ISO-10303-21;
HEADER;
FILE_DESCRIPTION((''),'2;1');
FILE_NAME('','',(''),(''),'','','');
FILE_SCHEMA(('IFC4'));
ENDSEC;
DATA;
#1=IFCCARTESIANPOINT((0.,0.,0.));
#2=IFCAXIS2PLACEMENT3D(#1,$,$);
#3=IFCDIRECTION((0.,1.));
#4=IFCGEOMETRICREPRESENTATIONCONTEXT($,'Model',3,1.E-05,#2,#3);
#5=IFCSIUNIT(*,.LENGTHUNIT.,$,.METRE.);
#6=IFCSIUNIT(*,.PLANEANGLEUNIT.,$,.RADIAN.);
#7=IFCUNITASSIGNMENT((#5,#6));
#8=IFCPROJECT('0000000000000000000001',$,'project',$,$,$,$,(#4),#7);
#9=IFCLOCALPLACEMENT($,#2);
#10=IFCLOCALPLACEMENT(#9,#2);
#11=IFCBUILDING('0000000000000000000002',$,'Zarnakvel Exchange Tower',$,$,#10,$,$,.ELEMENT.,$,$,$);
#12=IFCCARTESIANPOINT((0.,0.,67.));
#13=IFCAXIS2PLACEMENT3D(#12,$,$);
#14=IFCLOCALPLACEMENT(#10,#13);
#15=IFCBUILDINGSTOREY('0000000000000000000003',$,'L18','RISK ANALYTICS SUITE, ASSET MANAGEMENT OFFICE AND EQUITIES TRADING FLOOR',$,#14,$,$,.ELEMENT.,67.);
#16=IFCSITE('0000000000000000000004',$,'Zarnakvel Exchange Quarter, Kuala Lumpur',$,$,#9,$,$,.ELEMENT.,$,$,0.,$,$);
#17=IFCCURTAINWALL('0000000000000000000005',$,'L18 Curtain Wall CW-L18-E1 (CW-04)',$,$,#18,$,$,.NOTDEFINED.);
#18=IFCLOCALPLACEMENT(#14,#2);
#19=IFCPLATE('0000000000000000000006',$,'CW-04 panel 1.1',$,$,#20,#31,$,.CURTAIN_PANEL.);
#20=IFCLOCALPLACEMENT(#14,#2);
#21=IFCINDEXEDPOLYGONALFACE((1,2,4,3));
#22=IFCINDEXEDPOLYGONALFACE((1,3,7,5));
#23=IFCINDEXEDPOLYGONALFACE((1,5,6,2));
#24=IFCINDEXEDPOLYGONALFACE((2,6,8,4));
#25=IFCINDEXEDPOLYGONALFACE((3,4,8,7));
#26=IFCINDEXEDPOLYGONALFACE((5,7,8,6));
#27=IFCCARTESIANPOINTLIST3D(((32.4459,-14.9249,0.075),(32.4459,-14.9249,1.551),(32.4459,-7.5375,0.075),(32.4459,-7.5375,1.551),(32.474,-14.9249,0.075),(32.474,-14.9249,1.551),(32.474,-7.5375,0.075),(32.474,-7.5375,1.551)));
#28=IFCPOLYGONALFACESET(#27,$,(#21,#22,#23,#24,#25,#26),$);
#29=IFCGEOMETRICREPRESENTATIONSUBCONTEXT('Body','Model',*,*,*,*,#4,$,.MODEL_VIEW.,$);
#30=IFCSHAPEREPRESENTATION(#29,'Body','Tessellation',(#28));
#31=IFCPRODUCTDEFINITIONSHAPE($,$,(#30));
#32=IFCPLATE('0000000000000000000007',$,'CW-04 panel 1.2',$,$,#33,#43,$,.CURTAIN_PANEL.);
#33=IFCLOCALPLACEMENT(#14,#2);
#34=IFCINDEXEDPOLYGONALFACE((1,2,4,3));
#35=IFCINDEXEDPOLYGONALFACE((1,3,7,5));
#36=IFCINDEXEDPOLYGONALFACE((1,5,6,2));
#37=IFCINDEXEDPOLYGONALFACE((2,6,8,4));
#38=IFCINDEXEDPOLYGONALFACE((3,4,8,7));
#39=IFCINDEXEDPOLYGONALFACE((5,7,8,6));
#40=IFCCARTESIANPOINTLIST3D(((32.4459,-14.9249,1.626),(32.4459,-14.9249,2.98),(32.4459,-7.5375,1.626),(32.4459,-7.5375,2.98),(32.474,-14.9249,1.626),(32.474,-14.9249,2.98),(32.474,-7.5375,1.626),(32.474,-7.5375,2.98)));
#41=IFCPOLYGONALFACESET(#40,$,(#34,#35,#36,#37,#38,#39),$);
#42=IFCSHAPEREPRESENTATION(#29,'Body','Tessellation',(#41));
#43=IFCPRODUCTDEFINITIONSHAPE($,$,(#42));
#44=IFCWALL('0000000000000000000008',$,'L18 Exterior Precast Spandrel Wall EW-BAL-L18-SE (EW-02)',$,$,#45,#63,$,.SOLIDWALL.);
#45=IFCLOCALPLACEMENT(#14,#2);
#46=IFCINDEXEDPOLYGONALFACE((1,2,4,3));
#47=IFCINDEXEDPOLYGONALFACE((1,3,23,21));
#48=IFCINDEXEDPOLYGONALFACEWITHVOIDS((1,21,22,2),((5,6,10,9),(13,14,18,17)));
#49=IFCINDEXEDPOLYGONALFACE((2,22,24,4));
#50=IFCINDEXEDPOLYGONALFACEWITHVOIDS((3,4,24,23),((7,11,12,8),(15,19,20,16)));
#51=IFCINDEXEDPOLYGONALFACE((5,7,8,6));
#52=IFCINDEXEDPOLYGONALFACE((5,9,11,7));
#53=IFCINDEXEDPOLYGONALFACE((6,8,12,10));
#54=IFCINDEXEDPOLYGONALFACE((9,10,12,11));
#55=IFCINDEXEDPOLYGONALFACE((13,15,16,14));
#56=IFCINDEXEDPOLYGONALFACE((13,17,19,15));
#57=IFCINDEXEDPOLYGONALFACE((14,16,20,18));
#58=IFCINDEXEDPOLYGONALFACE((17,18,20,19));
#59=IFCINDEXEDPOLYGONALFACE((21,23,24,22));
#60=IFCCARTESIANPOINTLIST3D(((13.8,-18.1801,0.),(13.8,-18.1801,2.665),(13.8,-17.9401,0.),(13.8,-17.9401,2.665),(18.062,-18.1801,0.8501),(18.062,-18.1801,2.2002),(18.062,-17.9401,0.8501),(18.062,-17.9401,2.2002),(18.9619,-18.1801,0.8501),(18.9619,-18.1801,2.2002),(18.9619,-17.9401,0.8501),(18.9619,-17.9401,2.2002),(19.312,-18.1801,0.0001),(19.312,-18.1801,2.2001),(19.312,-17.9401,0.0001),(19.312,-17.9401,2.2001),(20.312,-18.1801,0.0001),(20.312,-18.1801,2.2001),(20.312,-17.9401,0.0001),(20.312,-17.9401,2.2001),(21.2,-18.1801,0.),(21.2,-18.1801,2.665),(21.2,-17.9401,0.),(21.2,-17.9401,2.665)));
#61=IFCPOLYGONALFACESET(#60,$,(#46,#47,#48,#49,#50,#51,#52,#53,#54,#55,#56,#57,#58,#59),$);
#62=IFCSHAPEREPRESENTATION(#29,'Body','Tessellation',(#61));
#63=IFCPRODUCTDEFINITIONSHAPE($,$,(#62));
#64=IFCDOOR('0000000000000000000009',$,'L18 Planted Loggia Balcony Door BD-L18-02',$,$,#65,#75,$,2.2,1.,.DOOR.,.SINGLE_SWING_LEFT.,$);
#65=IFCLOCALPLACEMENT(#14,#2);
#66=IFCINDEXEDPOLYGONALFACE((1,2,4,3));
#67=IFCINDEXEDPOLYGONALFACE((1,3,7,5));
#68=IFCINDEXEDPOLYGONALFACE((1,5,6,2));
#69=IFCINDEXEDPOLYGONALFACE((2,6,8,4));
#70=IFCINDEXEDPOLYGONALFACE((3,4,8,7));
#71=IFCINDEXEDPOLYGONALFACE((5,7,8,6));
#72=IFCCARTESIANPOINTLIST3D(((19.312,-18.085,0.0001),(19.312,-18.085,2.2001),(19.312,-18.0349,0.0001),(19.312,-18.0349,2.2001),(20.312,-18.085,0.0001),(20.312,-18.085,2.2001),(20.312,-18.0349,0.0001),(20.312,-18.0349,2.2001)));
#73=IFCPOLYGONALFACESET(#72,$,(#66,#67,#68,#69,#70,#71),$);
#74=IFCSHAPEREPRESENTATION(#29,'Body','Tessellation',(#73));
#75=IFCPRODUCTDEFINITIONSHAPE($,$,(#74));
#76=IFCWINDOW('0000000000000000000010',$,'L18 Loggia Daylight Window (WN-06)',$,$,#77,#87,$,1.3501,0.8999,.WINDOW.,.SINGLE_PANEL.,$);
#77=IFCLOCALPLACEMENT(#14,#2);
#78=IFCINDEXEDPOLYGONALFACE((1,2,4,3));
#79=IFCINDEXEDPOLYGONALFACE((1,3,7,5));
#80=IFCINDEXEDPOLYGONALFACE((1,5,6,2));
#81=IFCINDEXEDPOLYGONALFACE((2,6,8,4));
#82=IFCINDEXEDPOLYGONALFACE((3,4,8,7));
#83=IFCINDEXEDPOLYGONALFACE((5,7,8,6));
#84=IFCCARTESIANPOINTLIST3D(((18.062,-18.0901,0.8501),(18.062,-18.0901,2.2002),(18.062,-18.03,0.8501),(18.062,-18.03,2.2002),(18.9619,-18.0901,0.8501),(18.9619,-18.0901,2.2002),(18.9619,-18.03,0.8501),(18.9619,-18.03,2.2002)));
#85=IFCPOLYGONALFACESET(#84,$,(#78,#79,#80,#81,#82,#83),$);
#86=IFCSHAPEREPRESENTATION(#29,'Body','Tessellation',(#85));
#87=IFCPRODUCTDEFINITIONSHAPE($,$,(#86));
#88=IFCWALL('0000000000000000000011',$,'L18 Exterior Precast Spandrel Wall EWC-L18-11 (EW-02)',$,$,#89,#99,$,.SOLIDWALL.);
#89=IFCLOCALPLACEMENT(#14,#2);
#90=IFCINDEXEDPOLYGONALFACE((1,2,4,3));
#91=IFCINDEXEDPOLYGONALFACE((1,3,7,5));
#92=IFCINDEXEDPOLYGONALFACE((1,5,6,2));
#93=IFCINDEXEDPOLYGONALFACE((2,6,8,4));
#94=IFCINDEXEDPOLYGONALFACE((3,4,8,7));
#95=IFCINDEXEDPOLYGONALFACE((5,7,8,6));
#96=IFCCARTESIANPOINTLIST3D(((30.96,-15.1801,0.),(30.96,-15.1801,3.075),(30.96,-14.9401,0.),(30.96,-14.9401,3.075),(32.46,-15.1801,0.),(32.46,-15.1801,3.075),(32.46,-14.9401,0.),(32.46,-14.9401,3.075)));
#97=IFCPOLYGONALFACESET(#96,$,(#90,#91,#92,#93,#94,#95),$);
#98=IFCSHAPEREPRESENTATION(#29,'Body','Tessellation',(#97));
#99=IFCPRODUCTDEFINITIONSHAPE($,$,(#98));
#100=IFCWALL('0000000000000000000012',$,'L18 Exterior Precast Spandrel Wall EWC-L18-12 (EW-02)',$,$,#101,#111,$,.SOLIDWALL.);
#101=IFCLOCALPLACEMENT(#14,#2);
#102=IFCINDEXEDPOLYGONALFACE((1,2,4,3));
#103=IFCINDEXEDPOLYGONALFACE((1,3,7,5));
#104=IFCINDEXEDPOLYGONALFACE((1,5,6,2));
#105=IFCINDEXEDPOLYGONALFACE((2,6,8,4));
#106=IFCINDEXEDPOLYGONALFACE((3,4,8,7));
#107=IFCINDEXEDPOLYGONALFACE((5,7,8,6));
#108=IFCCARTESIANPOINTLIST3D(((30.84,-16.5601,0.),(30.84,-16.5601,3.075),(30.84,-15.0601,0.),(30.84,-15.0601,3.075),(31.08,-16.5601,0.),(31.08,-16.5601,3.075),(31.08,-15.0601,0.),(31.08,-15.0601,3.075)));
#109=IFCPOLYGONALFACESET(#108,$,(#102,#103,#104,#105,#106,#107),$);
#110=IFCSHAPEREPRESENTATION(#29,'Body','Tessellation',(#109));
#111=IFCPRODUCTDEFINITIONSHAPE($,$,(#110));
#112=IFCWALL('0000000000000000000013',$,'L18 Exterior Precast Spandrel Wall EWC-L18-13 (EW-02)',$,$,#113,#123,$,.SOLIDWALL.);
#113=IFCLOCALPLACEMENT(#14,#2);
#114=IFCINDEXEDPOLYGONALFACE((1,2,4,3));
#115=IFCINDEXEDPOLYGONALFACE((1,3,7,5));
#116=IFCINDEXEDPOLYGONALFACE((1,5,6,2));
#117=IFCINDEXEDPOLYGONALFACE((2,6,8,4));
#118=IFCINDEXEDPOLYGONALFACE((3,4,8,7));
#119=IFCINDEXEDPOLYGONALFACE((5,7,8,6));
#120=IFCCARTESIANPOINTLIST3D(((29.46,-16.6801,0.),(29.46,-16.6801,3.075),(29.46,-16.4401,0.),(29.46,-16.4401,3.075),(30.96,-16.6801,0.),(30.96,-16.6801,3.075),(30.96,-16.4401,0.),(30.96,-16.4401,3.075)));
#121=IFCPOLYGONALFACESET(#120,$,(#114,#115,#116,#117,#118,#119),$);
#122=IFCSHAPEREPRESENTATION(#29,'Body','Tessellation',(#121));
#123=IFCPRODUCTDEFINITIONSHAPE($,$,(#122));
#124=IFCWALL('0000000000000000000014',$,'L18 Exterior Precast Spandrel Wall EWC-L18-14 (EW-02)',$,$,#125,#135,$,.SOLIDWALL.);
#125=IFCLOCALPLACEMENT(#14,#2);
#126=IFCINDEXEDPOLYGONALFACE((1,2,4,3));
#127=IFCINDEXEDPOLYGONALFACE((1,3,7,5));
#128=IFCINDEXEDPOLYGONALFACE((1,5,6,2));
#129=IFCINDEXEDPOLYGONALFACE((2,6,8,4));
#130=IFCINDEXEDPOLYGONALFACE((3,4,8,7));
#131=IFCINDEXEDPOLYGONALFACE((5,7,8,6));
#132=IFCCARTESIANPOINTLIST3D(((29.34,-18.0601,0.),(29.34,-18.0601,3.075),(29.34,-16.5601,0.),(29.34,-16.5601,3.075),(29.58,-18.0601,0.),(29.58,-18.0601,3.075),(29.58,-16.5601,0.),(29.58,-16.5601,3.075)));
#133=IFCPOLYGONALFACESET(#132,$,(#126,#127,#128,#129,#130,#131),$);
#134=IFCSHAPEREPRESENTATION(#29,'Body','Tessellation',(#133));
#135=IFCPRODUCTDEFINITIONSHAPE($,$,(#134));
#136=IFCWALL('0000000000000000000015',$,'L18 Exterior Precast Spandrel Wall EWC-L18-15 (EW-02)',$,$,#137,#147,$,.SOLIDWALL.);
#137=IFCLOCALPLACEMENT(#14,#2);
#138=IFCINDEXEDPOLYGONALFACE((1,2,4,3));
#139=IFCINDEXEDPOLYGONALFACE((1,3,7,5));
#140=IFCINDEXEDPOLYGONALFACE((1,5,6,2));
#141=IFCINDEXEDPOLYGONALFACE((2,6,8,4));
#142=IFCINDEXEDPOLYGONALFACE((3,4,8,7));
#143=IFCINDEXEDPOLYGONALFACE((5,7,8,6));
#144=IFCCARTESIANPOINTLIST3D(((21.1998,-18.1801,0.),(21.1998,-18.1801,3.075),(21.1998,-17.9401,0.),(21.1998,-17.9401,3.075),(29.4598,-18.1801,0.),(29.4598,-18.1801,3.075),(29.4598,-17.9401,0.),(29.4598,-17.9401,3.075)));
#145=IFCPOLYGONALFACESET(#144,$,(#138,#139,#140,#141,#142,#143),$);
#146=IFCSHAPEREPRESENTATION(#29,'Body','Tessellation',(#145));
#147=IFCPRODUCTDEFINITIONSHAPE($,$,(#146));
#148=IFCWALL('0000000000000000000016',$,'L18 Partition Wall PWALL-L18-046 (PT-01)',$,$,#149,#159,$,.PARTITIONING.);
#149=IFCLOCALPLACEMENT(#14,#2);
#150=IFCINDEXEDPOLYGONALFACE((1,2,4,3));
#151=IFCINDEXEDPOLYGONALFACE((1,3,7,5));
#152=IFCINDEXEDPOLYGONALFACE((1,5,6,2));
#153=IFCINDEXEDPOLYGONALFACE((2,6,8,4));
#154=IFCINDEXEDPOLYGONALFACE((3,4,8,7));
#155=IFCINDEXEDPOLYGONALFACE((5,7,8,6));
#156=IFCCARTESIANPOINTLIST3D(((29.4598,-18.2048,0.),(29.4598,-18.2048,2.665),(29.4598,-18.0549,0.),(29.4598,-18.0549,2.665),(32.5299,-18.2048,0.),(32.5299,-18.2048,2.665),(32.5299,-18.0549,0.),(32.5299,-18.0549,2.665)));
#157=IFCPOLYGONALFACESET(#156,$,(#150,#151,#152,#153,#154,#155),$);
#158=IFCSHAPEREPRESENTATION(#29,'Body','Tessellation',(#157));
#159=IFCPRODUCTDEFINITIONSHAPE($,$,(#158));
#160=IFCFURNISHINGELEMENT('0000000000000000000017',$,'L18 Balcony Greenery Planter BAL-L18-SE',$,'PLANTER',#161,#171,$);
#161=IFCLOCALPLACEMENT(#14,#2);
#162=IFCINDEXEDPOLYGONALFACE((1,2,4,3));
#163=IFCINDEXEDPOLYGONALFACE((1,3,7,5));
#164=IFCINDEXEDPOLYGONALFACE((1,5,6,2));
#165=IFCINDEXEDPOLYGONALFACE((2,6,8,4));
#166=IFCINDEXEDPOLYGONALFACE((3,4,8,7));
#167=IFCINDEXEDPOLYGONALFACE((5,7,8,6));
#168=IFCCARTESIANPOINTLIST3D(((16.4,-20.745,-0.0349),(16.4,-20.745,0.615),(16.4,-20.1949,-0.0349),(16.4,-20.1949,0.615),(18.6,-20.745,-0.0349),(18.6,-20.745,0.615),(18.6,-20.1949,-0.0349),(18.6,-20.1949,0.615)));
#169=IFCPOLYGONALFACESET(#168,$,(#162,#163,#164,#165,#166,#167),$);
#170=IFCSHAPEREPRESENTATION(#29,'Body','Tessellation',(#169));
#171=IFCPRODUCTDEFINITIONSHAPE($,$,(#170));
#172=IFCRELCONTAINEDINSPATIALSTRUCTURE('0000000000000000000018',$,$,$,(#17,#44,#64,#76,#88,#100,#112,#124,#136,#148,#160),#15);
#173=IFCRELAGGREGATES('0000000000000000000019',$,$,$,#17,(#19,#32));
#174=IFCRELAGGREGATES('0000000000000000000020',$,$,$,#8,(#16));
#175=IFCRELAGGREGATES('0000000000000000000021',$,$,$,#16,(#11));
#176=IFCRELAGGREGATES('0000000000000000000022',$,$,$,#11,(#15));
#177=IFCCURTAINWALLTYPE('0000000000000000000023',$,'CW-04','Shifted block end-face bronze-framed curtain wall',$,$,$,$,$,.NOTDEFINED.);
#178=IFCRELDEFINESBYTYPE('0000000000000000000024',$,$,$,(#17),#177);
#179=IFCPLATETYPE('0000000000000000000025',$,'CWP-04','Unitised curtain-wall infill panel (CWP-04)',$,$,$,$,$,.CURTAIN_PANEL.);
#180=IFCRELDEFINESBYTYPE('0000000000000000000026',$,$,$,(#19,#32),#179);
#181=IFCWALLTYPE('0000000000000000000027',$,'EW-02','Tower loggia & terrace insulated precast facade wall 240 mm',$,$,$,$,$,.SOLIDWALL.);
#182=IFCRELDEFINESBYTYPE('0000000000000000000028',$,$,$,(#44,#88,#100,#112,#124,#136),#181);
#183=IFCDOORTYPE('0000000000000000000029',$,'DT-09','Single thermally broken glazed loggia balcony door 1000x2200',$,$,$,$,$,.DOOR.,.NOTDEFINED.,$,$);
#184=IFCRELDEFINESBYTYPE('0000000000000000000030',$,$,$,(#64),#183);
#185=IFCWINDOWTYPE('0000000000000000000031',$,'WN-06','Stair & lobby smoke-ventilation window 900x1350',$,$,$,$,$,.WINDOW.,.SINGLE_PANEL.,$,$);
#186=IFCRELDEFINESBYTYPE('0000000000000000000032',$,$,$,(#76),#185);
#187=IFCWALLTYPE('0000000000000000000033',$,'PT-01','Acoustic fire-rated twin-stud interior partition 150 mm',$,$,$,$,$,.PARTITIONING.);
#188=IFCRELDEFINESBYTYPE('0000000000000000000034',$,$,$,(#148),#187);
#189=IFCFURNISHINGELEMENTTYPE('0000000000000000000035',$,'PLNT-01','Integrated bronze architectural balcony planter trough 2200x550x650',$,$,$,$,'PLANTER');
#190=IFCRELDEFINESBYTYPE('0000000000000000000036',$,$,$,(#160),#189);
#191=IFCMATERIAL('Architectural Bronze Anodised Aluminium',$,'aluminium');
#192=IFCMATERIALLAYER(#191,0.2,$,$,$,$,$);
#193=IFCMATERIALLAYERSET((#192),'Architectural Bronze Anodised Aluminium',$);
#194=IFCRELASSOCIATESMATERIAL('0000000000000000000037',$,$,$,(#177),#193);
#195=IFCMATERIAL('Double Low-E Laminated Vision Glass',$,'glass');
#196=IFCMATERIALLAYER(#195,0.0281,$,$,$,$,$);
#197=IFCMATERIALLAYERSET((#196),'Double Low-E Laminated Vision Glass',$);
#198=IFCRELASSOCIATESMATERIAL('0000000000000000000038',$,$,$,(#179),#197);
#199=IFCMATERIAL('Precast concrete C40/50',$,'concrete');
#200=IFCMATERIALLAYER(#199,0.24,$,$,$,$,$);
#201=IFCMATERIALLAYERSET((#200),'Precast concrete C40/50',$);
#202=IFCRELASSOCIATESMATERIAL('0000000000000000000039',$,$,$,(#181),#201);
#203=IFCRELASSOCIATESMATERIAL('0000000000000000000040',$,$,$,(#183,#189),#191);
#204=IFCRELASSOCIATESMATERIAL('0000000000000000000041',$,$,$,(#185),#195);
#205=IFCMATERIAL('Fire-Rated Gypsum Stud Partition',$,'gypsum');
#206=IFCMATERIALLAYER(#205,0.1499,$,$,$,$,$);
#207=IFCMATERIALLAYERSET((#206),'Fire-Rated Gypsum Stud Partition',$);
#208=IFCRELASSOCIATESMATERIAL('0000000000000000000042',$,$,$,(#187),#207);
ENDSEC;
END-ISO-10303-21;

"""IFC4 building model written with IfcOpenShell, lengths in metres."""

from ifc_helpers import new_model, si_unit, direction, frame, frame_2d, origin, origin_2d, place, context, subcontext, project, spatial, rectangle, extrude, source, transform, mapped, material, layer, layer_set, type_object, element, fill, aggregate, save


model = new_model("IFC4")

# Units and contexts
model_context = context("Model", 3, precision=1e-05, world=origin(), true_north=direction((0.0, 1.0)))
body_context = subcontext(model_context, "Body", "Model", "MODEL_VIEW")
ifc_project = project(units=[si_unit("LENGTHUNIT", "METRE"), si_unit("PLANEANGLEUNIT", "RADIAN")], contexts=[model_context])

# Site, building, storey
site_placement = place(None, origin())
site = spatial("IfcSite", under=ifc_project, at=site_placement, Name="Zarnakvel Exchange Quarter, Kuala Lumpur", CompositionType="ELEMENT", RefElevation=0.0)
building_placement = place(site_placement, origin())
building = spatial("IfcBuilding", under=site, at=building_placement, Name="Zarnakvel Exchange Tower", CompositionType="ELEMENT")
storey_placement = place(building_placement, frame((0.0, 0.0, 67.0)))
storey = spatial("IfcBuildingStorey", under=building, at=storey_placement, Name="L18", Description="RISK ANALYTICS SUITE, ASSET MANAGEMENT OFFICE AND EQUITIES TRADING FLOOR", CompositionType="ELEMENT", Elevation=67.0)

# Curtain wall, plates
ifc_material_1 = material(Name="Architectural Bronze Anodised Aluminium", Category="aluminium")
ifc_layer_1 = layer(ifc_material_1, 0.2)
ifc_layer_set_1 = layer_set([ifc_layer_1], Name="Architectural Bronze Anodised Aluminium")
curtain_wall_type = type_object("IfcCurtainWallType", Name="CW-04", Description="Shifted block end-face bronze-framed curtain wall", PredefinedType="NOTDEFINED", material=ifc_layer_set_1)
curtain_wall_placement = place(storey_placement, origin())
curtain_wall = element("IfcCurtainWall", 1, at=curtain_wall_placement, inside=storey, type_object=curtain_wall_type, Name="L18 Curtain Wall CW-L18-E1 (CW-04)", PredefinedType="NOTDEFINED")
ifc_material_2 = material(Name="Double Low-E Laminated Vision Glass", Category="glass")
ifc_layer_2 = layer(ifc_material_2, 0.0281)
ifc_layer_set_2 = layer_set([ifc_layer_2], Name="Double Low-E Laminated Vision Glass")
plate_type = type_object("IfcPlateType", Name="CWP-04", Description="Unitised curtain-wall infill panel (CWP-04)", PredefinedType="CURTAIN_PANEL", material=ifc_layer_set_2)
shared_shape_1 = source(origin(), body_context, "Body", "SweptSolid", [
    extrude(rectangle(XDim=7.3875, YDim=0.0281, at=origin_2d()), origin(), (0.0, 0.0, 1.0), 1.4761),
])
plate_1_placement = place(storey_placement, frame((32.46, -11.2312, 0.075), z_axis=(0.0, 0.0, 1.0), x_axis=(0.0, 1.0, 0.0)))
plate_1 = element("IfcPlate", 2, at=plate_1_placement, type_object=plate_type, Name="CW-04 panel 1.1", PredefinedType="CURTAIN_PANEL", context=body_context, shape_type="MappedRepresentation", body=[
    mapped(shared_shape_1, transform((0.0, 0.0, 0.0), x_axis=(1.0, 0.0, 0.0), y_axis=(0.0, 1.0, 0.0), z_axis=(0.0, 0.0, 1.0), scale=1.0)),
])
shared_shape_2 = source(origin(), body_context, "Body", "SweptSolid", [
    extrude(rectangle(XDim=7.3875, YDim=0.0281, at=origin_2d()), origin(), (0.0, 0.0, 1.0), 1.354),
])
plate_2_placement = place(storey_placement, frame((32.46, -11.2312, 1.626), z_axis=(0.0, 0.0, 1.0), x_axis=(0.0, 1.0, 0.0)))
plate_2 = element("IfcPlate", 3, at=plate_2_placement, type_object=plate_type, Name="CW-04 panel 1.2", PredefinedType="CURTAIN_PANEL", context=body_context, shape_type="MappedRepresentation", body=[
    mapped(shared_shape_2, transform((0.0, 0.0, 0.0), x_axis=(1.0, 0.0, 0.0), y_axis=(0.0, 1.0, 0.0), z_axis=(0.0, 0.0, 1.0), scale=1.0)),
])
aggregate(curtain_wall, [plate_1, plate_2])

# Wall, openings, door, window
ifc_material_3 = material(Name="Precast concrete C40/50", Category="concrete")
ifc_layer_3 = layer(ifc_material_3, 0.24)
ifc_layer_set_3 = layer_set([ifc_layer_3], Name="Precast concrete C40/50")
wall_type_1 = type_object("IfcWallType", Name="EW-02", Description="Tower loggia & terrace insulated precast facade wall 240 mm", PredefinedType="SOLIDWALL", material=ifc_layer_set_3)
wall_1_placement = place(storey_placement, frame((21.2, -18.0601, 0.0), z_axis=(0.0, 0.0, 1.0), x_axis=(-1.0, 0.0, 0.0)))
wall_1 = element("IfcWall", 4, at=wall_1_placement, inside=storey, type_object=wall_type_1, Name="L18 Exterior Precast Spandrel Wall EW-BAL-L18-SE (EW-02)", PredefinedType="SOLIDWALL", context=body_context, shape_type="SweptSolid", body=[
    extrude(rectangle(XDim=7.3999, YDim=0.24, at=frame_2d((3.7, 0.0))), origin(), (0.0, 0.0, 1.0), 2.665),
])
opening_1_placement = place(wall_1_placement, frame((0.8879, 0.0, 0.0)))
opening_1 = element("IfcOpeningElement", 5, at=opening_1_placement, cuts=wall_1, PredefinedType="OPENING", context=body_context, shape_type="SweptSolid", body=[
    extrude(rectangle(XDim=1.0, YDim=2.2, at=frame_2d((0.5, 1.1001))), frame((0.0, 0.1299, 0.0), z_axis=(0.0, -1.0, 0.0), x_axis=(1.0, 0.0, 0.0)), (0.0, 0.0, 1.0), 0.26),
])
opening_2_placement = place(wall_1_placement, frame((2.238, 0.0, 0.8501)))
opening_2 = element("IfcOpeningElement", 6, at=opening_2_placement, cuts=wall_1, PredefinedType="OPENING", context=body_context, shape_type="SweptSolid", body=[
    extrude(rectangle(XDim=0.8999, YDim=1.3501, at=frame_2d((0.45, 0.675))), frame((0.0, 0.1299, 0.0), z_axis=(0.0, -1.0, 0.0), x_axis=(1.0, 0.0, 0.0)), (0.0, 0.0, 1.0), 0.26),
])
door_type = type_object("IfcDoorType", Name="DT-09", Description="Single thermally broken glazed loggia balcony door 1000x2200", OperationType="NOTDEFINED", PredefinedType="DOOR", material=ifc_material_1)
shared_shape_3 = source(origin(), body_context, "Body", "SweptSolid", [
    extrude(rectangle(XDim=1.0, YDim=2.2, at=frame_2d((0.5, 1.1001))), frame((0.0, 0.0249, 0.0), z_axis=(0.0, -1.0, 0.0), x_axis=(1.0, 0.0, 0.0)), (0.0, 0.0, 1.0), 0.05),
])
door_placement = place(opening_1_placement, origin())
door = element("IfcDoor", 7, at=door_placement, inside=storey, type_object=door_type, Name="L18 Planted Loggia Balcony Door BD-L18-02", OperationType="SINGLE_SWING_LEFT", OverallHeight=2.2, OverallWidth=1.0, PredefinedType="DOOR", context=body_context, shape_type="MappedRepresentation", body=[
    mapped(shared_shape_3, transform((0.0, 0.0, 0.0), x_axis=(1.0, 0.0, 0.0), y_axis=(0.0, 1.0, 0.0), z_axis=(0.0, 0.0, 1.0), scale=1.0)),
])
fill(opening_1, door)
window_type = type_object("IfcWindowType", Name="WN-06", Description="Stair & lobby smoke-ventilation window 900x1350", PartitioningType="SINGLE_PANEL", PredefinedType="WINDOW", material=ifc_material_2)
shared_shape_4 = source(origin(), body_context, "Body", "SweptSolid", [
    extrude(rectangle(XDim=0.8999, YDim=1.3501, at=frame_2d((0.45, 0.675))), frame((0.0, 0.03, 0.0), z_axis=(0.0, -1.0, 0.0), x_axis=(1.0, 0.0, 0.0)), (0.0, 0.0, 1.0), 0.0601),
])
window_placement = place(opening_2_placement, origin())
window = element("IfcWindow", 8, at=window_placement, inside=storey, type_object=window_type, Name="L18 Loggia Daylight Window (WN-06)", OverallHeight=1.3501, OverallWidth=0.8999, PartitioningType="SINGLE_PANEL", PredefinedType="WINDOW", context=body_context, shape_type="MappedRepresentation", body=[
    mapped(shared_shape_4, transform((0.0, 0.0, 0.0), x_axis=(1.0, 0.0, 0.0), y_axis=(0.0, 1.0, 0.0), z_axis=(0.0, 0.0, 1.0), scale=1.0)),
])
fill(opening_2, window)

# Walls
for number, where, z_axis, x_axis, name in (
    (9, (30.96, -15.0601, 0.0), (0.0, 0.0, 1.0), (1.0, 0.0, 0.0), "L18 Exterior Precast Spandrel Wall EWC-L18-11 (EW-02)"),
    (10, (30.96, -16.5601, 0.0), (0.0, 0.0, 1.0), (0.0, 1.0, 0.0), "L18 Exterior Precast Spandrel Wall EWC-L18-12 (EW-02)"),
    (11, (29.46, -16.5601, 0.0), (0.0, 0.0, 1.0), (1.0, 0.0, 0.0), "L18 Exterior Precast Spandrel Wall EWC-L18-13 (EW-02)"),
    (12, (29.46, -18.0601, 0.0), (0.0, 0.0, 1.0), (0.0, 1.0, 0.0), "L18 Exterior Precast Spandrel Wall EWC-L18-14 (EW-02)"),
):
    element("IfcWall", number, at=place(storey_placement, frame(where, z_axis=z_axis, x_axis=x_axis)), inside=storey, type_object=wall_type_1, Name=name, PredefinedType="SOLIDWALL", context=body_context, shape_type="SweptSolid", body=[
        extrude(rectangle(XDim=1.5, YDim=0.24, at=frame_2d((0.75, 0.0))), origin(), (0.0, 0.0, 1.0), 3.075),
    ])
wall_2_placement = place(storey_placement, frame((21.2, -18.0601, 0.0), z_axis=(0.0, 0.0, 1.0), x_axis=(1.0, 0.0, 0.0)))
element("IfcWall", 13, at=wall_2_placement, inside=storey, type_object=wall_type_1, Name="L18 Exterior Precast Spandrel Wall EWC-L18-15 (EW-02)", PredefinedType="SOLIDWALL", context=body_context, shape_type="SweptSolid", body=[
    extrude(rectangle(XDim=8.26, YDim=0.24, at=frame_2d((4.1299, 0.0))), origin(), (0.0, 0.0, 1.0), 3.075),
])
ifc_material_4 = material(Name="Fire-Rated Gypsum Stud Partition", Category="gypsum")
ifc_layer_4 = layer(ifc_material_4, 0.1499)
ifc_layer_set_4 = layer_set([ifc_layer_4], Name="Fire-Rated Gypsum Stud Partition")
wall_type_2 = type_object("IfcWallType", Name="PT-01", Description="Acoustic fire-rated twin-stud interior partition 150 mm", PredefinedType="PARTITIONING", material=ifc_layer_set_4)
wall_3_placement = place(storey_placement, frame((32.53, -18.1299, 0.0), z_axis=(0.0, 0.0, 1.0), x_axis=(-1.0, 0.0, 0.0)))
element("IfcWall", 14, at=wall_3_placement, inside=storey, type_object=wall_type_2, Name="L18 Partition Wall PWALL-L18-046 (PT-01)", PredefinedType="PARTITIONING", context=body_context, shape_type="SweptSolid", body=[
    extrude(rectangle(XDim=3.0701, YDim=0.1499, at=frame_2d((1.5352, 0.0))), origin(), (0.0, 0.0, 1.0), 2.665),
])

# Furnishing element
furnishing_element_type = type_object("IfcFurnishingElementType", Name="PLNT-01", Description="Integrated bronze architectural balcony planter trough 2200x550x650", ElementType="PLANTER", material=ifc_material_1)
shared_shape_5 = source(origin(), body_context, "Body", "SweptSolid", [
    extrude(rectangle(XDim=2.2, YDim=0.55, at=origin_2d()), origin(), (0.0, 0.0, 1.0), 0.6499),
])
furnishing_placement = place(storey_placement, frame((17.5, -20.47, -0.0349), z_axis=(0.0, 0.0, 1.0), x_axis=(1.0, 0.0, 0.0)))
element("IfcFurnishingElement", 15, at=furnishing_placement, inside=storey, type_object=furnishing_element_type, Name="L18 Balcony Greenery Planter BAL-L18-SE", ObjectType="PLANTER", context=body_context, shape_type="MappedRepresentation", body=[
    mapped(shared_shape_5, transform((0.0, 0.0, 0.0), x_axis=(1.0, 0.0, 0.0), y_axis=(0.0, 1.0, 0.0), z_axis=(0.0, 0.0, 1.0), scale=1.0)),
])

save(model, "model.ifc")
